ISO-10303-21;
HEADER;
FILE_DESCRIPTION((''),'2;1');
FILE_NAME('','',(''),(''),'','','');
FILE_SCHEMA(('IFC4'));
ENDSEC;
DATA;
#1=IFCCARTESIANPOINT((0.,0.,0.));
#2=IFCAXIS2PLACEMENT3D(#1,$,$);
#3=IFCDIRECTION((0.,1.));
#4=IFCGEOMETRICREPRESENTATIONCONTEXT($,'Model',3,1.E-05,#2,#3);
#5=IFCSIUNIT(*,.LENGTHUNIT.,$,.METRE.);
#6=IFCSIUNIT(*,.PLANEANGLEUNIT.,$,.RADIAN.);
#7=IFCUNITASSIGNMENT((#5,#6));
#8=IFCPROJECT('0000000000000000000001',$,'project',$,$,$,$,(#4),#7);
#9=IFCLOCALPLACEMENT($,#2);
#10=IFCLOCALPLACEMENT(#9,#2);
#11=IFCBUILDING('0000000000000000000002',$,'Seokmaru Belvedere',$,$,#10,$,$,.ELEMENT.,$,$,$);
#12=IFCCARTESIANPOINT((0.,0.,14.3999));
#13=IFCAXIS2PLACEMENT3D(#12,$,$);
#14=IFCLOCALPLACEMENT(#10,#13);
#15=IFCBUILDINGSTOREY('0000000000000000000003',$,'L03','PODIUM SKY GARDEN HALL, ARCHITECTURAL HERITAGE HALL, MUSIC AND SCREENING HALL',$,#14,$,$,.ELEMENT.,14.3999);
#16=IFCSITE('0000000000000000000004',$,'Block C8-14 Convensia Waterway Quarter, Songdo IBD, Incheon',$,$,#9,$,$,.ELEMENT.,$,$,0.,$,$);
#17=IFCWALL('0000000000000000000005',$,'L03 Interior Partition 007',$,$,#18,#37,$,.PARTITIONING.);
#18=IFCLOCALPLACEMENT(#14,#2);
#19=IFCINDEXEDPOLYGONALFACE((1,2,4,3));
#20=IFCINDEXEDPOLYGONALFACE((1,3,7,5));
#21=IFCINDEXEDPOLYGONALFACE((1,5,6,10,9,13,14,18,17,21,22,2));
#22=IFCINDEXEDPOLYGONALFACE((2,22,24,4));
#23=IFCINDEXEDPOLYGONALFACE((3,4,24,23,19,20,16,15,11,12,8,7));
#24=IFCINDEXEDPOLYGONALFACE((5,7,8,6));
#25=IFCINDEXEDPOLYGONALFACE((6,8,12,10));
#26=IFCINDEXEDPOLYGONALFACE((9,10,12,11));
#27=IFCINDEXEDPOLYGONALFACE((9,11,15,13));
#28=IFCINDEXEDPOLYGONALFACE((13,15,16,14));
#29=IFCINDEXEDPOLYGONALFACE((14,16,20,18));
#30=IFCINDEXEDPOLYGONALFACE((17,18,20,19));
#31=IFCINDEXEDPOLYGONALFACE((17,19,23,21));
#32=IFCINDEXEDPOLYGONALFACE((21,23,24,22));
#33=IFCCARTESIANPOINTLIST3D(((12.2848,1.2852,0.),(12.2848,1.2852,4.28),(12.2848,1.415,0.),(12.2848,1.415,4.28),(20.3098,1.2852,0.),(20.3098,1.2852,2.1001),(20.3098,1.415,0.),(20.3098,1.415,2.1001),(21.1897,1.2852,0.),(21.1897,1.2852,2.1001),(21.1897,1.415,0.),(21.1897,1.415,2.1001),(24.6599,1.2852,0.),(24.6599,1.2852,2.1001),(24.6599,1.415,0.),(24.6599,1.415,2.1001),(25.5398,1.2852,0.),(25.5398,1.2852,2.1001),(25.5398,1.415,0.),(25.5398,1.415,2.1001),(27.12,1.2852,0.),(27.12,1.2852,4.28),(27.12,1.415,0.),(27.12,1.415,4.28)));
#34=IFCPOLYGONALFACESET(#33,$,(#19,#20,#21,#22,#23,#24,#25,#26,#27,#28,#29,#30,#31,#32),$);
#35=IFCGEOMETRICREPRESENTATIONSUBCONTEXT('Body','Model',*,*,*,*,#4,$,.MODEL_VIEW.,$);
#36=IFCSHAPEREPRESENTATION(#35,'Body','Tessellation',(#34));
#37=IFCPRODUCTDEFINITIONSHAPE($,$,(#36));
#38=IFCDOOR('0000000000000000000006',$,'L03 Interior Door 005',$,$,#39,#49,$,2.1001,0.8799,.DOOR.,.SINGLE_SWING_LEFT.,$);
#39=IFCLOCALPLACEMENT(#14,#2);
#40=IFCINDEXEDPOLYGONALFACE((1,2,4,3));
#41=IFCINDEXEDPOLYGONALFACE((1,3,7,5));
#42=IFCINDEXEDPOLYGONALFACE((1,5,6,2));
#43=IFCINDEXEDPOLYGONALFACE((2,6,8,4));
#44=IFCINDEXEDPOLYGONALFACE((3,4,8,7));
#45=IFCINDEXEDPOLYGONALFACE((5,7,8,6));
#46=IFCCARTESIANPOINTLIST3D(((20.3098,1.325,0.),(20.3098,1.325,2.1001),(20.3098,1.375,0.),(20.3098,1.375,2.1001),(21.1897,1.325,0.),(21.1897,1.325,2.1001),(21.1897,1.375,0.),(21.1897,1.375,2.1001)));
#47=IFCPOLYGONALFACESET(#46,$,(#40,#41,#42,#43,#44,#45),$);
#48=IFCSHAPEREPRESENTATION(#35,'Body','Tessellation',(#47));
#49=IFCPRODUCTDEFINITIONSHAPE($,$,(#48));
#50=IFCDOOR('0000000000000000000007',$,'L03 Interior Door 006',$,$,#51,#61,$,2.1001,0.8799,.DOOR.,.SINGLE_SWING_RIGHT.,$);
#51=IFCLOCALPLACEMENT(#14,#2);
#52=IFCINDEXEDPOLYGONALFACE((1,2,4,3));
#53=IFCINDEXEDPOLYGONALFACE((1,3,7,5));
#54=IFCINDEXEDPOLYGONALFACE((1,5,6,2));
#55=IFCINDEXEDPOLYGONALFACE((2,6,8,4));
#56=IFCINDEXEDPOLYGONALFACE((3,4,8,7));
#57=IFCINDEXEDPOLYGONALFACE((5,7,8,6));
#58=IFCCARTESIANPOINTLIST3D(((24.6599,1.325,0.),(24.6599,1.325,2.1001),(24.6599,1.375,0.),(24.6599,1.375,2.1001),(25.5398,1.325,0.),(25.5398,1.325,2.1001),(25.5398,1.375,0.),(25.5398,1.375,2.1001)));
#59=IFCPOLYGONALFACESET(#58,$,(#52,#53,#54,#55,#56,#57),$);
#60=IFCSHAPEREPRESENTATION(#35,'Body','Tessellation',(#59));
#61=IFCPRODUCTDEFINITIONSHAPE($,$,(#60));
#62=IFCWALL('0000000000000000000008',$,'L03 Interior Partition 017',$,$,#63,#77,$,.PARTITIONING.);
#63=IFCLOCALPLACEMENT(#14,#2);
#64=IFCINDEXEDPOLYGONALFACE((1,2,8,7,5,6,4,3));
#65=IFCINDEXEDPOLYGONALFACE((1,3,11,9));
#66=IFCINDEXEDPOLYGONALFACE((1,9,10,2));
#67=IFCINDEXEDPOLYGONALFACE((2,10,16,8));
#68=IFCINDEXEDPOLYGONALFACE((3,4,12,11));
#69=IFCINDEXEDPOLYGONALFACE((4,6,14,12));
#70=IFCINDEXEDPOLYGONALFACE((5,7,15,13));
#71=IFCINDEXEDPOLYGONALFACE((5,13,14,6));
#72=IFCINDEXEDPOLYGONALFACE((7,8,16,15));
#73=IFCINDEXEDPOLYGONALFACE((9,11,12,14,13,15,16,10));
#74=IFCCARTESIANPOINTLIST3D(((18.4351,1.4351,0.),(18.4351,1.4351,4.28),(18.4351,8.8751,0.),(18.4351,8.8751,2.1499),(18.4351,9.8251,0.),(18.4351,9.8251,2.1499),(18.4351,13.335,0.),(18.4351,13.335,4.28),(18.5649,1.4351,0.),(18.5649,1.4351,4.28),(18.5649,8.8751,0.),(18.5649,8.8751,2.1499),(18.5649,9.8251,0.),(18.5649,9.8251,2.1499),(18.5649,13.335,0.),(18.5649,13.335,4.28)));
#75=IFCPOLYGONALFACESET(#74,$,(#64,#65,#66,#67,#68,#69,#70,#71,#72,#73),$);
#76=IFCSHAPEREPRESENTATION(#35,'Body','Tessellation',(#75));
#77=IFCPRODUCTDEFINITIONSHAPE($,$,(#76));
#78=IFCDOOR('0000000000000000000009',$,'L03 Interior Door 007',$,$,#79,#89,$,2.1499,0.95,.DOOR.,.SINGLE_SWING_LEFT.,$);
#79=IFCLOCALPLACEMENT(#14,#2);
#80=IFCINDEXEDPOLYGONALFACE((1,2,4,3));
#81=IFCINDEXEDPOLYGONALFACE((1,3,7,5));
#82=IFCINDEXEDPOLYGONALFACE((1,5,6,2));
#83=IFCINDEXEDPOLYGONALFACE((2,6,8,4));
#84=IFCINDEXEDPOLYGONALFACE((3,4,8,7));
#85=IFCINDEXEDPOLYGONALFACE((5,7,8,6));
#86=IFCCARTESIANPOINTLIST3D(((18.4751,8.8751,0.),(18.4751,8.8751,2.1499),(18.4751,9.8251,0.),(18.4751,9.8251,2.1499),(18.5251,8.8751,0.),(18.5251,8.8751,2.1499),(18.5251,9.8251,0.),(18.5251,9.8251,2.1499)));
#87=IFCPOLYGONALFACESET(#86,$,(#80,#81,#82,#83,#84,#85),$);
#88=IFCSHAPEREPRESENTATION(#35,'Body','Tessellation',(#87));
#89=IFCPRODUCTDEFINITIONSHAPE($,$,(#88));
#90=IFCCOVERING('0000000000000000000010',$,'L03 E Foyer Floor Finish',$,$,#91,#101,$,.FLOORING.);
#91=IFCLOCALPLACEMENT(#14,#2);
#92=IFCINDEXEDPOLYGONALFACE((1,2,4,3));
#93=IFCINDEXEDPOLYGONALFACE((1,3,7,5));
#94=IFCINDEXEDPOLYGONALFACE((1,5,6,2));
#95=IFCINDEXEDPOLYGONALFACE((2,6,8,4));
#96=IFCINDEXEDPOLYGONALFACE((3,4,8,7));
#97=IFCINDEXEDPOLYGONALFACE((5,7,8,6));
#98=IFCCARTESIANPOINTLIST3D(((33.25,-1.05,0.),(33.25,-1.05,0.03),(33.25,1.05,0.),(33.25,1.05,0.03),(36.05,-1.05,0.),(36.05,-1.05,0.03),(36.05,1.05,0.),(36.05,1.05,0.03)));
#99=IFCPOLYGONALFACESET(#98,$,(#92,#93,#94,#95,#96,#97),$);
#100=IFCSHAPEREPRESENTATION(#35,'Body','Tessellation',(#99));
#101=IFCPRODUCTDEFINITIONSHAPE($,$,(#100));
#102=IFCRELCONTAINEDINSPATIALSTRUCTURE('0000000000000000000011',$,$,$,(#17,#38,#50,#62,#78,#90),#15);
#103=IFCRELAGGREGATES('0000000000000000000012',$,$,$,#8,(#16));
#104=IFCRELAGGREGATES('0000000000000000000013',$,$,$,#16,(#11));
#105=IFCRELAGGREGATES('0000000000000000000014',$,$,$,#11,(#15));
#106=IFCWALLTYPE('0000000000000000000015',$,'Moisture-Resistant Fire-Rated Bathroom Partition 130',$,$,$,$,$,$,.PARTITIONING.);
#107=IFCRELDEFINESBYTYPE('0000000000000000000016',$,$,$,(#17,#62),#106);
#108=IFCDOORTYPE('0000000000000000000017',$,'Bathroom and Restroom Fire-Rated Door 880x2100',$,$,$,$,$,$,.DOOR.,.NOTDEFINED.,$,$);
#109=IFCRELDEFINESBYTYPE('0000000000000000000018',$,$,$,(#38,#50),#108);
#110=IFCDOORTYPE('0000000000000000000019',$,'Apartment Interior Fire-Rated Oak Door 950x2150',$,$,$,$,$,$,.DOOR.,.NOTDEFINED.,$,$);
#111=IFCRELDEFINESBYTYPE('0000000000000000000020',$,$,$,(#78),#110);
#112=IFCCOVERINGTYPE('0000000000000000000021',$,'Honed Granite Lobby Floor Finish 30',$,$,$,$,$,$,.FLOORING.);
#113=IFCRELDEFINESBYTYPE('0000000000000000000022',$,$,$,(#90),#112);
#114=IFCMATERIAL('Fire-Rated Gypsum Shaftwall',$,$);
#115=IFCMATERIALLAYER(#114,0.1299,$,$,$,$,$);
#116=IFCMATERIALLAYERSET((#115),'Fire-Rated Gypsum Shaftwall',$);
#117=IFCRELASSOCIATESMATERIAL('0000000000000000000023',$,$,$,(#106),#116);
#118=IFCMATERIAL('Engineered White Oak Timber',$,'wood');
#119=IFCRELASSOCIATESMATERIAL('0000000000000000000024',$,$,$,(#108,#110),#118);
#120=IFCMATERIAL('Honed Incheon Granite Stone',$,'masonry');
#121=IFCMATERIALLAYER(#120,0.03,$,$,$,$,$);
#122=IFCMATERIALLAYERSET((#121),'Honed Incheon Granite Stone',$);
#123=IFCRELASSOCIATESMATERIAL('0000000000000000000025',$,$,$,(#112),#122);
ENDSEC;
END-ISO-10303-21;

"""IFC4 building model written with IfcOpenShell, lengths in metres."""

from ifc_helpers import new_model, si_unit, direction, frame, frame_2d, origin, place, context, subcontext, project, spatial, polyline, rectangle, outline, extrude, source, transform, mapped, material, layer, layer_set, type_object, type_shapes, element, fill, save


model = new_model("IFC4")

# Units and contexts
model_context = context("Model", 3, precision=1e-05, world=origin(), true_north=direction((0.0, 1.0)))
body_context = subcontext(model_context, "Body", "Model", "MODEL_VIEW")
ifc_project = project(units=[si_unit("LENGTHUNIT", "METRE"), si_unit("PLANEANGLEUNIT", "RADIAN")], contexts=[model_context])

# Site, building, storey
site_placement = place(None, origin())
site = spatial("IfcSite", under=ifc_project, at=site_placement, Name="Block C8-14 Convensia Waterway Quarter, Songdo IBD, Incheon", CompositionType="ELEMENT", RefElevation=0.0)
building_placement = place(site_placement, origin())
building = spatial("IfcBuilding", under=site, at=building_placement, Name="Seokmaru Belvedere", CompositionType="ELEMENT")
storey_placement = place(building_placement, frame((0.0, 0.0, 14.3999)))
storey = spatial("IfcBuildingStorey", under=building, at=storey_placement, Name="L03", Description="PODIUM SKY GARDEN HALL, ARCHITECTURAL HERITAGE HALL, MUSIC AND SCREENING HALL", CompositionType="ELEMENT", Elevation=14.3999)

# Shared definitions
ifc_material_1 = material(Name="Fire-Rated Gypsum Shaftwall")

# Wall, openings, doors
ifc_layer_1 = layer(ifc_material_1, 0.1299)
ifc_layer_set_1 = layer_set([ifc_layer_1], Name="Fire-Rated Gypsum Shaftwall")
wall_type_1 = type_object("IfcWallType", Name="Moisture-Resistant Fire-Rated Bathroom Partition 130", PredefinedType="PARTITIONING", material=ifc_layer_set_1)
wall_1_placement = place(storey_placement, frame((12.2849, 1.3501, 0.0), z_axis=(0.0, 0.0, 1.0), x_axis=(1.0, 0.0, 0.0)))
wall_1 = element("IfcWall", 1, at=wall_1_placement, inside=storey, type_object=wall_type_1, Name="L03 Interior Partition 007", PredefinedType="PARTITIONING", context=body_context, shape_type="SweptSolid", body=[
    extrude(rectangle(XDim=14.8352, YDim=0.1299, at=frame_2d((7.4175, 0.0))), origin(), (0.0, 0.0, 1.0), 4.28),
])
opening_1_placement = place(wall_1_placement, frame((8.0249, 0.0, 0.0)))
opening_1 = element("IfcOpeningElement", 2, at=opening_1_placement, cuts=wall_1, PredefinedType="OPENING", context=body_context, shape_type="SweptSolid", body=[
    extrude(rectangle(XDim=0.8799, YDim=2.1001, at=frame_2d((0.4399, 1.05))), frame((0.0, 0.075, 0.0), z_axis=(0.0, -1.0, 0.0), x_axis=(1.0, 0.0, 0.0)), (0.0, 0.0, 1.0), 0.1499),
])
opening_2_placement = place(wall_1_placement, frame((12.375, 0.0, 0.0)))
opening_2 = element("IfcOpeningElement", 3, at=opening_2_placement, cuts=wall_1, PredefinedType="OPENING", context=body_context, shape_type="SweptSolid", body=[
    extrude(rectangle(XDim=0.8799, YDim=2.1001, at=frame_2d((0.4399, 1.05))), frame((0.0, 0.075, 0.0), z_axis=(0.0, -1.0, 0.0), x_axis=(1.0, 0.0, 0.0)), (0.0, 0.0, 1.0), 0.1499),
])
ifc_material_2 = material(Name="Engineered White Oak Timber", Category="wood")
door_type_1 = type_object("IfcDoorType", Name="Bathroom and Restroom Fire-Rated Door 880x2100", OperationType="NOTDEFINED", PredefinedType="DOOR", material=ifc_material_2)
shared_shape_1 = source(origin(), body_context, "Body", "SweptSolid", [
    extrude(rectangle(XDim=0.8799, YDim=2.1001, at=frame_2d((0.4399, 1.05))), frame((0.0, 0.0249, 0.0), z_axis=(0.0, -1.0, 0.0), x_axis=(1.0, 0.0, 0.0)), (0.0, 0.0, 1.0), 0.05),
])
type_shapes(door_type_1, [shared_shape_1])
door_1_placement = place(opening_1_placement, origin())
door_1 = element("IfcDoor", 4, at=door_1_placement, inside=storey, type_object=door_type_1, Name="L03 Interior Door 005", OperationType="SINGLE_SWING_LEFT", OverallHeight=2.1001, OverallWidth=0.8799, PredefinedType="DOOR", context=body_context, shape_type="MappedRepresentation", body=[
    mapped(shared_shape_1, transform((0.0, 0.0, 0.0), scale=1.0)),
])
fill(opening_1, door_1)
door_2_placement = place(opening_2_placement, origin())
door_2 = element("IfcDoor", 5, at=door_2_placement, inside=storey, type_object=door_type_1, Name="L03 Interior Door 006", OperationType="SINGLE_SWING_RIGHT", OverallHeight=2.1001, OverallWidth=0.8799, PredefinedType="DOOR", context=body_context, shape_type="MappedRepresentation", body=[
    mapped(shared_shape_1, transform((0.0, 0.0, 0.0), scale=1.0)),
])
fill(opening_2, door_2)

# Wall, opening, door
wall_2_placement = place(storey_placement, frame((18.5, 1.4351, 0.0), z_axis=(0.0, 0.0, 1.0), x_axis=(0.0, 1.0, 0.0)))
wall_2 = element("IfcWall", 6, at=wall_2_placement, inside=storey, type_object=wall_type_1, Name="L03 Interior Partition 017", PredefinedType="PARTITIONING", context=body_context, shape_type="SweptSolid", body=[
    extrude(rectangle(XDim=11.8999, YDim=0.1299, at=frame_2d((5.95, 0.0))), origin(), (0.0, 0.0, 1.0), 4.28),
])
opening_3_placement = place(wall_2_placement, frame((7.4399, 0.0, 0.0)))
opening_3 = element("IfcOpeningElement", 7, at=opening_3_placement, cuts=wall_2, PredefinedType="OPENING", context=body_context, shape_type="SweptSolid", body=[
    extrude(rectangle(XDim=0.95, YDim=2.1499, at=frame_2d((0.4751, 1.075))), frame((0.0, 0.075, 0.0), z_axis=(0.0, -1.0, 0.0), x_axis=(1.0, 0.0, 0.0)), (0.0, 0.0, 1.0), 0.1499),
])
door_type_2 = type_object("IfcDoorType", Name="Apartment Interior Fire-Rated Oak Door 950x2150", OperationType="NOTDEFINED", PredefinedType="DOOR", material=ifc_material_2)
shared_shape_2 = source(origin(), body_context, "Body", "SweptSolid", [
    extrude(rectangle(XDim=0.95, YDim=2.1499, at=frame_2d((0.4751, 1.075))), frame((0.0, 0.0249, 0.0), z_axis=(0.0, -1.0, 0.0), x_axis=(1.0, 0.0, 0.0)), (0.0, 0.0, 1.0), 0.05),
])
type_shapes(door_type_2, [shared_shape_2])
door_3_placement = place(opening_3_placement, origin())
door_3 = element("IfcDoor", 8, at=door_3_placement, inside=storey, type_object=door_type_2, Name="L03 Interior Door 007", OperationType="SINGLE_SWING_LEFT", OverallHeight=2.1499, OverallWidth=0.95, PredefinedType="DOOR", context=body_context, shape_type="MappedRepresentation", body=[
    mapped(shared_shape_2, transform((0.0, 0.0, 0.0), scale=1.0)),
])
fill(opening_3, door_3)

# Covering
ifc_material_3 = material(Name="Honed Incheon Granite Stone", Category="masonry")
ifc_layer_2 = layer(ifc_material_3, 0.03)
ifc_layer_set_2 = layer_set([ifc_layer_2], Name="Honed Incheon Granite Stone")
covering_type = type_object("IfcCoveringType", Name="Honed Granite Lobby Floor Finish 30", PredefinedType="FLOORING", material=ifc_layer_set_2)
covering_placement = place(storey_placement, origin())
element("IfcCovering", 9, at=covering_placement, inside=storey, type_object=covering_type, Name="L03 E Foyer Floor Finish", PredefinedType="FLOORING", context=body_context, shape_type="SweptSolid", body=[
    extrude(outline(polyline([(33.25, -1.05), (36.05, -1.05), (36.05, 1.05), (33.25, 1.05), (33.25, -1.05)])), origin(), (0.0, 0.0, 1.0), 0.03),
])

save(model, "model.ifc")
